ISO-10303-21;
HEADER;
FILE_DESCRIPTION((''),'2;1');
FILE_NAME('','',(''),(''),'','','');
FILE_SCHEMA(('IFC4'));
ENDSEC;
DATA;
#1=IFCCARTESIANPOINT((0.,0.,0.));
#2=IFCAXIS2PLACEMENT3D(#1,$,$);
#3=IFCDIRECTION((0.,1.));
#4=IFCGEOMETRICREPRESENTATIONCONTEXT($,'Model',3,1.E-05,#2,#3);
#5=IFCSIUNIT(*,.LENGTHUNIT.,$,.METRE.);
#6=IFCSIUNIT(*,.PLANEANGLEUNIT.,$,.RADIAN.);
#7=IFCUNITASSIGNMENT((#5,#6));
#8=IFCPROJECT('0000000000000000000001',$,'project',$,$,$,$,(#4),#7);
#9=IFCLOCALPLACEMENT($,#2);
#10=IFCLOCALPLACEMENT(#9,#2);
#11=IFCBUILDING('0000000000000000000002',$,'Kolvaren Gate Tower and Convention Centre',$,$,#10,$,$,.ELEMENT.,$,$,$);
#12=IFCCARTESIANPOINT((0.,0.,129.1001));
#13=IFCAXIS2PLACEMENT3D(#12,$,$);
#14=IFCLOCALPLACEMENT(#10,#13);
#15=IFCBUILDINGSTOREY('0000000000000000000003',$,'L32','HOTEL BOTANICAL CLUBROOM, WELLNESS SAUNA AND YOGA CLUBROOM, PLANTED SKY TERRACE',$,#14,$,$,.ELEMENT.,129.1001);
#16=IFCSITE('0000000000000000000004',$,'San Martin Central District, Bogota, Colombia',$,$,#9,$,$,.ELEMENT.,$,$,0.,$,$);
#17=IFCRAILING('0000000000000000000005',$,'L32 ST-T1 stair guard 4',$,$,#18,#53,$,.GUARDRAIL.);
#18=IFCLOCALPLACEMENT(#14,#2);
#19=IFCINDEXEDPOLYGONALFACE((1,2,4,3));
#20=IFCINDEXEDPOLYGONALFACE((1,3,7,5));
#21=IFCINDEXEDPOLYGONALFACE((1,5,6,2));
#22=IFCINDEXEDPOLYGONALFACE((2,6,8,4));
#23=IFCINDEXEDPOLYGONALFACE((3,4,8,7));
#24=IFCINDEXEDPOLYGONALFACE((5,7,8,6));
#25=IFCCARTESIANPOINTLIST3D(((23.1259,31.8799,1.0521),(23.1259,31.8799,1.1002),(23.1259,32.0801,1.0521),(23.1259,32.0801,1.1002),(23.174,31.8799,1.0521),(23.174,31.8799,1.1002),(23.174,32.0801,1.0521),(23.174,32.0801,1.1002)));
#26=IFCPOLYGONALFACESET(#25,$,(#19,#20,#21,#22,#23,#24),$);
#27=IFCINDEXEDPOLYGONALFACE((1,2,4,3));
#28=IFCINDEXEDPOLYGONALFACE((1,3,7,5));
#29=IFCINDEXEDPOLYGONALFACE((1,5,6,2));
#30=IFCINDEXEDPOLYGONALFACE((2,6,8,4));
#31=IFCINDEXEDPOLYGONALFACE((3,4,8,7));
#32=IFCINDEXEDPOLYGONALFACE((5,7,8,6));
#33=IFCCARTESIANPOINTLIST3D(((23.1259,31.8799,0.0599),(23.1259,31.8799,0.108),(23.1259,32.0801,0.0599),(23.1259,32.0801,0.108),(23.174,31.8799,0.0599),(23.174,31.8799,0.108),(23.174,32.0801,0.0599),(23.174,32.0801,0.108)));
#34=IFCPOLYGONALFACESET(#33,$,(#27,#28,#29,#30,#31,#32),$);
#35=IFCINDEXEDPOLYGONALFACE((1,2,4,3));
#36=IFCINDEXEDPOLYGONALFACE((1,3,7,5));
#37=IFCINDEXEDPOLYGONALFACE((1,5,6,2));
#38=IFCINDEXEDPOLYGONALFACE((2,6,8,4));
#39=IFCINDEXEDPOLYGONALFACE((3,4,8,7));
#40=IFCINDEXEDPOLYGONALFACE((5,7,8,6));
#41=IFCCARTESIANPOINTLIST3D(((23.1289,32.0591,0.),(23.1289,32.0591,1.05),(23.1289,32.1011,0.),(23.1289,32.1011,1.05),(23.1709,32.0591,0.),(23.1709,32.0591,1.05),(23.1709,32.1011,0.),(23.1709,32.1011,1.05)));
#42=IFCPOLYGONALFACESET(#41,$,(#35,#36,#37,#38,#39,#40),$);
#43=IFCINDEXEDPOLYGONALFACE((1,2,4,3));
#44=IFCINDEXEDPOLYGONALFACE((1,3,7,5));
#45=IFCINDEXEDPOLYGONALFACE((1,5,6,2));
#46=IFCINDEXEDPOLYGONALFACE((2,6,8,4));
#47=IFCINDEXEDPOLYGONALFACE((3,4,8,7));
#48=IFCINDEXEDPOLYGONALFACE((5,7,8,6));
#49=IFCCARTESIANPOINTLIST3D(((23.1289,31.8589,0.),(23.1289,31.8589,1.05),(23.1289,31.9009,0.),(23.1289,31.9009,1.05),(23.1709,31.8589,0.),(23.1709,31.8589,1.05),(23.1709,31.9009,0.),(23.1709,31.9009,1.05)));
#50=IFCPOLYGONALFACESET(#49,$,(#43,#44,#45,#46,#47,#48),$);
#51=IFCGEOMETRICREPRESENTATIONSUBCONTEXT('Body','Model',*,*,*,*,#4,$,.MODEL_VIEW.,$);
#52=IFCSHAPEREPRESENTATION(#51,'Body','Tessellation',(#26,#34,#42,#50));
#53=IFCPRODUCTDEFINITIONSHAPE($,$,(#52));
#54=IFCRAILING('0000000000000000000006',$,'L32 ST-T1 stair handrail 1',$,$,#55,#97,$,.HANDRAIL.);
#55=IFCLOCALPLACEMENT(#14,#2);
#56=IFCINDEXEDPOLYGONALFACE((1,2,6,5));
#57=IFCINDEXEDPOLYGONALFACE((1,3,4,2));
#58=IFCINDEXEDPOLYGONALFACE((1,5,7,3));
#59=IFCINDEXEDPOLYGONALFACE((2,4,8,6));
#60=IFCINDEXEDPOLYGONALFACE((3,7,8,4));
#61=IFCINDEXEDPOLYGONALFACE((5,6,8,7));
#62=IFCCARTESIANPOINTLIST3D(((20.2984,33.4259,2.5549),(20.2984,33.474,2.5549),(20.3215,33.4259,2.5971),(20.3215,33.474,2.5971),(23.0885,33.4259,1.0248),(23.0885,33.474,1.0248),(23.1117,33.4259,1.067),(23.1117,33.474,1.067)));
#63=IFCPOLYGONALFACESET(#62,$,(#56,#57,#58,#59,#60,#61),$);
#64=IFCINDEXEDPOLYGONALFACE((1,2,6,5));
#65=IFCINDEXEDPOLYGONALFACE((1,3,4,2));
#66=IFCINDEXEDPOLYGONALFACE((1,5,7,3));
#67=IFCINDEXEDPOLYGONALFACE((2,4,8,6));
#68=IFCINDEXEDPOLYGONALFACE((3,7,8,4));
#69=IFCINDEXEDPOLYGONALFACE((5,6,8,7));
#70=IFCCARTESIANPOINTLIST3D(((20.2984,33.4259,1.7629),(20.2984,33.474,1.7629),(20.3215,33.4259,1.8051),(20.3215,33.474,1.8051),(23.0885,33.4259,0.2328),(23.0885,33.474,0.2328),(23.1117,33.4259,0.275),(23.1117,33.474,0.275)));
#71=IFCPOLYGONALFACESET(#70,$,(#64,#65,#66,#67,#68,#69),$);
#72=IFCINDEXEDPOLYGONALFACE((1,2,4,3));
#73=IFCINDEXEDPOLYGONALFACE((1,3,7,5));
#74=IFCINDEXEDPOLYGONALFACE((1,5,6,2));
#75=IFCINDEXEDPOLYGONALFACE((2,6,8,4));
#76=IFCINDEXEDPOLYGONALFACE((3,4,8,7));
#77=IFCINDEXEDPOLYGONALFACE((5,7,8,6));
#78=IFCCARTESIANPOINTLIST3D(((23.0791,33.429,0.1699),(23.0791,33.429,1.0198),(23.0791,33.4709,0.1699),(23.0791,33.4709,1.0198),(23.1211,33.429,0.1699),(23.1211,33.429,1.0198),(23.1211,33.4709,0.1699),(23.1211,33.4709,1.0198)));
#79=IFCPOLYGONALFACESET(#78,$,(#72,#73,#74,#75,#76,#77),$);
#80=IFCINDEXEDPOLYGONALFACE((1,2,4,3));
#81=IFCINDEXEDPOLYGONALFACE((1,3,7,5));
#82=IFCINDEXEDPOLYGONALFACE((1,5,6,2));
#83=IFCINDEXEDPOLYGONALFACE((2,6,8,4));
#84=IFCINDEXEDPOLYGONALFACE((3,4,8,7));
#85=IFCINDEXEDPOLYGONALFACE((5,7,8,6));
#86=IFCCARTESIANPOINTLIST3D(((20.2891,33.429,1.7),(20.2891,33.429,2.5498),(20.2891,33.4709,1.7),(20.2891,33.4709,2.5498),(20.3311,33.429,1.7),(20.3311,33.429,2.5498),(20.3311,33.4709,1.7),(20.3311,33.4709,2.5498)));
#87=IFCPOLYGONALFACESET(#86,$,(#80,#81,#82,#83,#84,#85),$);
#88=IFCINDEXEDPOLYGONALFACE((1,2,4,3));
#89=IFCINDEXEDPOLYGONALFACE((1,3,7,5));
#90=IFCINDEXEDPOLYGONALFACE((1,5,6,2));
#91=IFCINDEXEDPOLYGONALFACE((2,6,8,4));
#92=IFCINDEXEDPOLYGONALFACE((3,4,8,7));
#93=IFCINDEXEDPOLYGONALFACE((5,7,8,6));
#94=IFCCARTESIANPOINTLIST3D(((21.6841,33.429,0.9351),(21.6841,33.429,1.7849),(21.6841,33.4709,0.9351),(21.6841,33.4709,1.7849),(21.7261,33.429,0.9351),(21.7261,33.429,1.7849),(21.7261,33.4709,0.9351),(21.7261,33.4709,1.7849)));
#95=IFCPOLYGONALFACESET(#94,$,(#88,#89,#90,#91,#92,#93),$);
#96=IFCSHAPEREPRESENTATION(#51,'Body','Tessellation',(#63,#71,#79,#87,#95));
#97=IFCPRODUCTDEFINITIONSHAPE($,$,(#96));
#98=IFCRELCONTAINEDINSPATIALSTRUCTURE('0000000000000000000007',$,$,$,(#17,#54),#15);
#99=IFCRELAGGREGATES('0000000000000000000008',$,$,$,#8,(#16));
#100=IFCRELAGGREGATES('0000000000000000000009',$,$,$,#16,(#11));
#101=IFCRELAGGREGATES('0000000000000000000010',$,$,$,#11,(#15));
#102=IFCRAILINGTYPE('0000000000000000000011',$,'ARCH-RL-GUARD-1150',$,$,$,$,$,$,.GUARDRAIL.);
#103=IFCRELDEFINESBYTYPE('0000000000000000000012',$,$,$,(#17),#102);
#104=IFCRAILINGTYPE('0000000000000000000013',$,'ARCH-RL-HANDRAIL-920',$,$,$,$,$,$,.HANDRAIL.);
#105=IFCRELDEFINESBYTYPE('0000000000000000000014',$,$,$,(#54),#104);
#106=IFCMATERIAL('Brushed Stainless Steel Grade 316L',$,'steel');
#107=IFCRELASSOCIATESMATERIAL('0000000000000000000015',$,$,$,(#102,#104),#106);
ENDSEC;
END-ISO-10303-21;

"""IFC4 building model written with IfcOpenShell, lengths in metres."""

from ifc_helpers import new_model, si_unit, direction, frame, origin, origin_2d, place, context, subcontext, project, spatial, rectangle, extrude, material, type_object, element, save


model = new_model("IFC4")

# Units and contexts
model_context = context("Model", 3, precision=1e-05, world=origin(), true_north=direction((0.0, 1.0)))
body_context = subcontext(model_context, "Body", "Model", "MODEL_VIEW")
ifc_project = project(units=[si_unit("LENGTHUNIT", "METRE"), si_unit("PLANEANGLEUNIT", "RADIAN")], contexts=[model_context])

# Site, building, storey
site_placement = place(None, origin())
site = spatial("IfcSite", under=ifc_project, at=site_placement, Name="San Martin Central District, Bogota, Colombia", CompositionType="ELEMENT", RefElevation=0.0)
building_placement = place(site_placement, origin())
building = spatial("IfcBuilding", under=site, at=building_placement, Name="Kolvaren Gate Tower and Convention Centre", CompositionType="ELEMENT")
storey_placement = place(building_placement, frame((0.0, 0.0, 129.1001)))
storey = spatial("IfcBuildingStorey", under=building, at=storey_placement, Name="L32", Description="HOTEL BOTANICAL CLUBROOM, WELLNESS SAUNA AND YOGA CLUBROOM, PLANTED SKY TERRACE", CompositionType="ELEMENT", Elevation=129.1001)

# Shared definitions
ifc_material_1 = material(Name="Brushed Stainless Steel Grade 316L", Category="steel")

# Railings
railing_type_1 = type_object("IfcRailingType", Name="ARCH-RL-GUARD-1150", PredefinedType="GUARDRAIL", material=ifc_material_1)
railing_1_placement = place(storey_placement, frame((23.1499, 32.0801, 0.0)))
element("IfcRailing", 1, at=railing_1_placement, inside=storey, type_object=railing_type_1, Name="L32 ST-T1 stair guard 4", PredefinedType="GUARDRAIL", context=body_context, shape_type="SweptSolid", body=[
    extrude(rectangle(XDim=0.0481, YDim=0.0481, at=origin_2d()), frame((0.0, 0.0, 1.0762), z_axis=(0.0, -1.0, 0.0), x_axis=(1.0, 0.0, 0.0)), (0.0, 0.0, 1.0), 0.2002),
    extrude(rectangle(XDim=0.0481, YDim=0.0481, at=origin_2d()), frame((0.0, 0.0, 0.084), z_axis=(0.0, -1.0, 0.0), x_axis=(1.0, 0.0, 0.0)), (0.0, 0.0, 1.0), 0.2002),
    extrude(rectangle(XDim=0.042, YDim=0.042, at=origin_2d()), origin(), (0.0, 0.0, 1.0), 1.05),
    extrude(rectangle(XDim=0.042, YDim=0.042, at=origin_2d()), frame((0.0, -0.2002, 0.0)), (0.0, 0.0, 1.0), 1.05),
])
railing_type_2 = type_object("IfcRailingType", Name="ARCH-RL-HANDRAIL-920", PredefinedType="HANDRAIL", material=ifc_material_1)
railing_2_placement = place(storey_placement, frame((23.1001, 33.45, 0.1699)))
element("IfcRailing", 2, at=railing_2_placement, inside=storey, type_object=railing_type_2, Name="L32 ST-T1 stair handrail 1", PredefinedType="HANDRAIL", context=body_context, shape_type="SweptSolid", body=[
    extrude(rectangle(XDim=0.0481, YDim=0.0481, at=origin_2d()), frame((0.0, 0.0, 0.876), z_axis=(-0.876811, 0.0, 0.480835), x_axis=(0.0, -1.0, 0.0)), (0.0, 0.0, 1.0), 3.1821),
    extrude(rectangle(XDim=0.0481, YDim=0.0481, at=origin_2d()), frame((0.0, 0.0, 0.084), z_axis=(-0.876811, 0.0, 0.480835), x_axis=(0.0, -1.0, 0.0)), (0.0, 0.0, 1.0), 3.1821),
    extrude(rectangle(XDim=0.042, YDim=0.042, at=origin_2d()), origin(), (0.0, 0.0, 1.0), 0.8499),
    extrude(rectangle(XDim=0.042, YDim=0.042, at=origin_2d()), frame((-2.79, 0.0, 1.53)), (0.0, 0.0, 1.0), 0.8499),
    extrude(rectangle(XDim=0.042, YDim=0.042, at=origin_2d()), frame((-1.395, 0.0, 0.7651)), (0.0, 0.0, 1.0), 0.8499),
])

save(model, "model.ifc")
